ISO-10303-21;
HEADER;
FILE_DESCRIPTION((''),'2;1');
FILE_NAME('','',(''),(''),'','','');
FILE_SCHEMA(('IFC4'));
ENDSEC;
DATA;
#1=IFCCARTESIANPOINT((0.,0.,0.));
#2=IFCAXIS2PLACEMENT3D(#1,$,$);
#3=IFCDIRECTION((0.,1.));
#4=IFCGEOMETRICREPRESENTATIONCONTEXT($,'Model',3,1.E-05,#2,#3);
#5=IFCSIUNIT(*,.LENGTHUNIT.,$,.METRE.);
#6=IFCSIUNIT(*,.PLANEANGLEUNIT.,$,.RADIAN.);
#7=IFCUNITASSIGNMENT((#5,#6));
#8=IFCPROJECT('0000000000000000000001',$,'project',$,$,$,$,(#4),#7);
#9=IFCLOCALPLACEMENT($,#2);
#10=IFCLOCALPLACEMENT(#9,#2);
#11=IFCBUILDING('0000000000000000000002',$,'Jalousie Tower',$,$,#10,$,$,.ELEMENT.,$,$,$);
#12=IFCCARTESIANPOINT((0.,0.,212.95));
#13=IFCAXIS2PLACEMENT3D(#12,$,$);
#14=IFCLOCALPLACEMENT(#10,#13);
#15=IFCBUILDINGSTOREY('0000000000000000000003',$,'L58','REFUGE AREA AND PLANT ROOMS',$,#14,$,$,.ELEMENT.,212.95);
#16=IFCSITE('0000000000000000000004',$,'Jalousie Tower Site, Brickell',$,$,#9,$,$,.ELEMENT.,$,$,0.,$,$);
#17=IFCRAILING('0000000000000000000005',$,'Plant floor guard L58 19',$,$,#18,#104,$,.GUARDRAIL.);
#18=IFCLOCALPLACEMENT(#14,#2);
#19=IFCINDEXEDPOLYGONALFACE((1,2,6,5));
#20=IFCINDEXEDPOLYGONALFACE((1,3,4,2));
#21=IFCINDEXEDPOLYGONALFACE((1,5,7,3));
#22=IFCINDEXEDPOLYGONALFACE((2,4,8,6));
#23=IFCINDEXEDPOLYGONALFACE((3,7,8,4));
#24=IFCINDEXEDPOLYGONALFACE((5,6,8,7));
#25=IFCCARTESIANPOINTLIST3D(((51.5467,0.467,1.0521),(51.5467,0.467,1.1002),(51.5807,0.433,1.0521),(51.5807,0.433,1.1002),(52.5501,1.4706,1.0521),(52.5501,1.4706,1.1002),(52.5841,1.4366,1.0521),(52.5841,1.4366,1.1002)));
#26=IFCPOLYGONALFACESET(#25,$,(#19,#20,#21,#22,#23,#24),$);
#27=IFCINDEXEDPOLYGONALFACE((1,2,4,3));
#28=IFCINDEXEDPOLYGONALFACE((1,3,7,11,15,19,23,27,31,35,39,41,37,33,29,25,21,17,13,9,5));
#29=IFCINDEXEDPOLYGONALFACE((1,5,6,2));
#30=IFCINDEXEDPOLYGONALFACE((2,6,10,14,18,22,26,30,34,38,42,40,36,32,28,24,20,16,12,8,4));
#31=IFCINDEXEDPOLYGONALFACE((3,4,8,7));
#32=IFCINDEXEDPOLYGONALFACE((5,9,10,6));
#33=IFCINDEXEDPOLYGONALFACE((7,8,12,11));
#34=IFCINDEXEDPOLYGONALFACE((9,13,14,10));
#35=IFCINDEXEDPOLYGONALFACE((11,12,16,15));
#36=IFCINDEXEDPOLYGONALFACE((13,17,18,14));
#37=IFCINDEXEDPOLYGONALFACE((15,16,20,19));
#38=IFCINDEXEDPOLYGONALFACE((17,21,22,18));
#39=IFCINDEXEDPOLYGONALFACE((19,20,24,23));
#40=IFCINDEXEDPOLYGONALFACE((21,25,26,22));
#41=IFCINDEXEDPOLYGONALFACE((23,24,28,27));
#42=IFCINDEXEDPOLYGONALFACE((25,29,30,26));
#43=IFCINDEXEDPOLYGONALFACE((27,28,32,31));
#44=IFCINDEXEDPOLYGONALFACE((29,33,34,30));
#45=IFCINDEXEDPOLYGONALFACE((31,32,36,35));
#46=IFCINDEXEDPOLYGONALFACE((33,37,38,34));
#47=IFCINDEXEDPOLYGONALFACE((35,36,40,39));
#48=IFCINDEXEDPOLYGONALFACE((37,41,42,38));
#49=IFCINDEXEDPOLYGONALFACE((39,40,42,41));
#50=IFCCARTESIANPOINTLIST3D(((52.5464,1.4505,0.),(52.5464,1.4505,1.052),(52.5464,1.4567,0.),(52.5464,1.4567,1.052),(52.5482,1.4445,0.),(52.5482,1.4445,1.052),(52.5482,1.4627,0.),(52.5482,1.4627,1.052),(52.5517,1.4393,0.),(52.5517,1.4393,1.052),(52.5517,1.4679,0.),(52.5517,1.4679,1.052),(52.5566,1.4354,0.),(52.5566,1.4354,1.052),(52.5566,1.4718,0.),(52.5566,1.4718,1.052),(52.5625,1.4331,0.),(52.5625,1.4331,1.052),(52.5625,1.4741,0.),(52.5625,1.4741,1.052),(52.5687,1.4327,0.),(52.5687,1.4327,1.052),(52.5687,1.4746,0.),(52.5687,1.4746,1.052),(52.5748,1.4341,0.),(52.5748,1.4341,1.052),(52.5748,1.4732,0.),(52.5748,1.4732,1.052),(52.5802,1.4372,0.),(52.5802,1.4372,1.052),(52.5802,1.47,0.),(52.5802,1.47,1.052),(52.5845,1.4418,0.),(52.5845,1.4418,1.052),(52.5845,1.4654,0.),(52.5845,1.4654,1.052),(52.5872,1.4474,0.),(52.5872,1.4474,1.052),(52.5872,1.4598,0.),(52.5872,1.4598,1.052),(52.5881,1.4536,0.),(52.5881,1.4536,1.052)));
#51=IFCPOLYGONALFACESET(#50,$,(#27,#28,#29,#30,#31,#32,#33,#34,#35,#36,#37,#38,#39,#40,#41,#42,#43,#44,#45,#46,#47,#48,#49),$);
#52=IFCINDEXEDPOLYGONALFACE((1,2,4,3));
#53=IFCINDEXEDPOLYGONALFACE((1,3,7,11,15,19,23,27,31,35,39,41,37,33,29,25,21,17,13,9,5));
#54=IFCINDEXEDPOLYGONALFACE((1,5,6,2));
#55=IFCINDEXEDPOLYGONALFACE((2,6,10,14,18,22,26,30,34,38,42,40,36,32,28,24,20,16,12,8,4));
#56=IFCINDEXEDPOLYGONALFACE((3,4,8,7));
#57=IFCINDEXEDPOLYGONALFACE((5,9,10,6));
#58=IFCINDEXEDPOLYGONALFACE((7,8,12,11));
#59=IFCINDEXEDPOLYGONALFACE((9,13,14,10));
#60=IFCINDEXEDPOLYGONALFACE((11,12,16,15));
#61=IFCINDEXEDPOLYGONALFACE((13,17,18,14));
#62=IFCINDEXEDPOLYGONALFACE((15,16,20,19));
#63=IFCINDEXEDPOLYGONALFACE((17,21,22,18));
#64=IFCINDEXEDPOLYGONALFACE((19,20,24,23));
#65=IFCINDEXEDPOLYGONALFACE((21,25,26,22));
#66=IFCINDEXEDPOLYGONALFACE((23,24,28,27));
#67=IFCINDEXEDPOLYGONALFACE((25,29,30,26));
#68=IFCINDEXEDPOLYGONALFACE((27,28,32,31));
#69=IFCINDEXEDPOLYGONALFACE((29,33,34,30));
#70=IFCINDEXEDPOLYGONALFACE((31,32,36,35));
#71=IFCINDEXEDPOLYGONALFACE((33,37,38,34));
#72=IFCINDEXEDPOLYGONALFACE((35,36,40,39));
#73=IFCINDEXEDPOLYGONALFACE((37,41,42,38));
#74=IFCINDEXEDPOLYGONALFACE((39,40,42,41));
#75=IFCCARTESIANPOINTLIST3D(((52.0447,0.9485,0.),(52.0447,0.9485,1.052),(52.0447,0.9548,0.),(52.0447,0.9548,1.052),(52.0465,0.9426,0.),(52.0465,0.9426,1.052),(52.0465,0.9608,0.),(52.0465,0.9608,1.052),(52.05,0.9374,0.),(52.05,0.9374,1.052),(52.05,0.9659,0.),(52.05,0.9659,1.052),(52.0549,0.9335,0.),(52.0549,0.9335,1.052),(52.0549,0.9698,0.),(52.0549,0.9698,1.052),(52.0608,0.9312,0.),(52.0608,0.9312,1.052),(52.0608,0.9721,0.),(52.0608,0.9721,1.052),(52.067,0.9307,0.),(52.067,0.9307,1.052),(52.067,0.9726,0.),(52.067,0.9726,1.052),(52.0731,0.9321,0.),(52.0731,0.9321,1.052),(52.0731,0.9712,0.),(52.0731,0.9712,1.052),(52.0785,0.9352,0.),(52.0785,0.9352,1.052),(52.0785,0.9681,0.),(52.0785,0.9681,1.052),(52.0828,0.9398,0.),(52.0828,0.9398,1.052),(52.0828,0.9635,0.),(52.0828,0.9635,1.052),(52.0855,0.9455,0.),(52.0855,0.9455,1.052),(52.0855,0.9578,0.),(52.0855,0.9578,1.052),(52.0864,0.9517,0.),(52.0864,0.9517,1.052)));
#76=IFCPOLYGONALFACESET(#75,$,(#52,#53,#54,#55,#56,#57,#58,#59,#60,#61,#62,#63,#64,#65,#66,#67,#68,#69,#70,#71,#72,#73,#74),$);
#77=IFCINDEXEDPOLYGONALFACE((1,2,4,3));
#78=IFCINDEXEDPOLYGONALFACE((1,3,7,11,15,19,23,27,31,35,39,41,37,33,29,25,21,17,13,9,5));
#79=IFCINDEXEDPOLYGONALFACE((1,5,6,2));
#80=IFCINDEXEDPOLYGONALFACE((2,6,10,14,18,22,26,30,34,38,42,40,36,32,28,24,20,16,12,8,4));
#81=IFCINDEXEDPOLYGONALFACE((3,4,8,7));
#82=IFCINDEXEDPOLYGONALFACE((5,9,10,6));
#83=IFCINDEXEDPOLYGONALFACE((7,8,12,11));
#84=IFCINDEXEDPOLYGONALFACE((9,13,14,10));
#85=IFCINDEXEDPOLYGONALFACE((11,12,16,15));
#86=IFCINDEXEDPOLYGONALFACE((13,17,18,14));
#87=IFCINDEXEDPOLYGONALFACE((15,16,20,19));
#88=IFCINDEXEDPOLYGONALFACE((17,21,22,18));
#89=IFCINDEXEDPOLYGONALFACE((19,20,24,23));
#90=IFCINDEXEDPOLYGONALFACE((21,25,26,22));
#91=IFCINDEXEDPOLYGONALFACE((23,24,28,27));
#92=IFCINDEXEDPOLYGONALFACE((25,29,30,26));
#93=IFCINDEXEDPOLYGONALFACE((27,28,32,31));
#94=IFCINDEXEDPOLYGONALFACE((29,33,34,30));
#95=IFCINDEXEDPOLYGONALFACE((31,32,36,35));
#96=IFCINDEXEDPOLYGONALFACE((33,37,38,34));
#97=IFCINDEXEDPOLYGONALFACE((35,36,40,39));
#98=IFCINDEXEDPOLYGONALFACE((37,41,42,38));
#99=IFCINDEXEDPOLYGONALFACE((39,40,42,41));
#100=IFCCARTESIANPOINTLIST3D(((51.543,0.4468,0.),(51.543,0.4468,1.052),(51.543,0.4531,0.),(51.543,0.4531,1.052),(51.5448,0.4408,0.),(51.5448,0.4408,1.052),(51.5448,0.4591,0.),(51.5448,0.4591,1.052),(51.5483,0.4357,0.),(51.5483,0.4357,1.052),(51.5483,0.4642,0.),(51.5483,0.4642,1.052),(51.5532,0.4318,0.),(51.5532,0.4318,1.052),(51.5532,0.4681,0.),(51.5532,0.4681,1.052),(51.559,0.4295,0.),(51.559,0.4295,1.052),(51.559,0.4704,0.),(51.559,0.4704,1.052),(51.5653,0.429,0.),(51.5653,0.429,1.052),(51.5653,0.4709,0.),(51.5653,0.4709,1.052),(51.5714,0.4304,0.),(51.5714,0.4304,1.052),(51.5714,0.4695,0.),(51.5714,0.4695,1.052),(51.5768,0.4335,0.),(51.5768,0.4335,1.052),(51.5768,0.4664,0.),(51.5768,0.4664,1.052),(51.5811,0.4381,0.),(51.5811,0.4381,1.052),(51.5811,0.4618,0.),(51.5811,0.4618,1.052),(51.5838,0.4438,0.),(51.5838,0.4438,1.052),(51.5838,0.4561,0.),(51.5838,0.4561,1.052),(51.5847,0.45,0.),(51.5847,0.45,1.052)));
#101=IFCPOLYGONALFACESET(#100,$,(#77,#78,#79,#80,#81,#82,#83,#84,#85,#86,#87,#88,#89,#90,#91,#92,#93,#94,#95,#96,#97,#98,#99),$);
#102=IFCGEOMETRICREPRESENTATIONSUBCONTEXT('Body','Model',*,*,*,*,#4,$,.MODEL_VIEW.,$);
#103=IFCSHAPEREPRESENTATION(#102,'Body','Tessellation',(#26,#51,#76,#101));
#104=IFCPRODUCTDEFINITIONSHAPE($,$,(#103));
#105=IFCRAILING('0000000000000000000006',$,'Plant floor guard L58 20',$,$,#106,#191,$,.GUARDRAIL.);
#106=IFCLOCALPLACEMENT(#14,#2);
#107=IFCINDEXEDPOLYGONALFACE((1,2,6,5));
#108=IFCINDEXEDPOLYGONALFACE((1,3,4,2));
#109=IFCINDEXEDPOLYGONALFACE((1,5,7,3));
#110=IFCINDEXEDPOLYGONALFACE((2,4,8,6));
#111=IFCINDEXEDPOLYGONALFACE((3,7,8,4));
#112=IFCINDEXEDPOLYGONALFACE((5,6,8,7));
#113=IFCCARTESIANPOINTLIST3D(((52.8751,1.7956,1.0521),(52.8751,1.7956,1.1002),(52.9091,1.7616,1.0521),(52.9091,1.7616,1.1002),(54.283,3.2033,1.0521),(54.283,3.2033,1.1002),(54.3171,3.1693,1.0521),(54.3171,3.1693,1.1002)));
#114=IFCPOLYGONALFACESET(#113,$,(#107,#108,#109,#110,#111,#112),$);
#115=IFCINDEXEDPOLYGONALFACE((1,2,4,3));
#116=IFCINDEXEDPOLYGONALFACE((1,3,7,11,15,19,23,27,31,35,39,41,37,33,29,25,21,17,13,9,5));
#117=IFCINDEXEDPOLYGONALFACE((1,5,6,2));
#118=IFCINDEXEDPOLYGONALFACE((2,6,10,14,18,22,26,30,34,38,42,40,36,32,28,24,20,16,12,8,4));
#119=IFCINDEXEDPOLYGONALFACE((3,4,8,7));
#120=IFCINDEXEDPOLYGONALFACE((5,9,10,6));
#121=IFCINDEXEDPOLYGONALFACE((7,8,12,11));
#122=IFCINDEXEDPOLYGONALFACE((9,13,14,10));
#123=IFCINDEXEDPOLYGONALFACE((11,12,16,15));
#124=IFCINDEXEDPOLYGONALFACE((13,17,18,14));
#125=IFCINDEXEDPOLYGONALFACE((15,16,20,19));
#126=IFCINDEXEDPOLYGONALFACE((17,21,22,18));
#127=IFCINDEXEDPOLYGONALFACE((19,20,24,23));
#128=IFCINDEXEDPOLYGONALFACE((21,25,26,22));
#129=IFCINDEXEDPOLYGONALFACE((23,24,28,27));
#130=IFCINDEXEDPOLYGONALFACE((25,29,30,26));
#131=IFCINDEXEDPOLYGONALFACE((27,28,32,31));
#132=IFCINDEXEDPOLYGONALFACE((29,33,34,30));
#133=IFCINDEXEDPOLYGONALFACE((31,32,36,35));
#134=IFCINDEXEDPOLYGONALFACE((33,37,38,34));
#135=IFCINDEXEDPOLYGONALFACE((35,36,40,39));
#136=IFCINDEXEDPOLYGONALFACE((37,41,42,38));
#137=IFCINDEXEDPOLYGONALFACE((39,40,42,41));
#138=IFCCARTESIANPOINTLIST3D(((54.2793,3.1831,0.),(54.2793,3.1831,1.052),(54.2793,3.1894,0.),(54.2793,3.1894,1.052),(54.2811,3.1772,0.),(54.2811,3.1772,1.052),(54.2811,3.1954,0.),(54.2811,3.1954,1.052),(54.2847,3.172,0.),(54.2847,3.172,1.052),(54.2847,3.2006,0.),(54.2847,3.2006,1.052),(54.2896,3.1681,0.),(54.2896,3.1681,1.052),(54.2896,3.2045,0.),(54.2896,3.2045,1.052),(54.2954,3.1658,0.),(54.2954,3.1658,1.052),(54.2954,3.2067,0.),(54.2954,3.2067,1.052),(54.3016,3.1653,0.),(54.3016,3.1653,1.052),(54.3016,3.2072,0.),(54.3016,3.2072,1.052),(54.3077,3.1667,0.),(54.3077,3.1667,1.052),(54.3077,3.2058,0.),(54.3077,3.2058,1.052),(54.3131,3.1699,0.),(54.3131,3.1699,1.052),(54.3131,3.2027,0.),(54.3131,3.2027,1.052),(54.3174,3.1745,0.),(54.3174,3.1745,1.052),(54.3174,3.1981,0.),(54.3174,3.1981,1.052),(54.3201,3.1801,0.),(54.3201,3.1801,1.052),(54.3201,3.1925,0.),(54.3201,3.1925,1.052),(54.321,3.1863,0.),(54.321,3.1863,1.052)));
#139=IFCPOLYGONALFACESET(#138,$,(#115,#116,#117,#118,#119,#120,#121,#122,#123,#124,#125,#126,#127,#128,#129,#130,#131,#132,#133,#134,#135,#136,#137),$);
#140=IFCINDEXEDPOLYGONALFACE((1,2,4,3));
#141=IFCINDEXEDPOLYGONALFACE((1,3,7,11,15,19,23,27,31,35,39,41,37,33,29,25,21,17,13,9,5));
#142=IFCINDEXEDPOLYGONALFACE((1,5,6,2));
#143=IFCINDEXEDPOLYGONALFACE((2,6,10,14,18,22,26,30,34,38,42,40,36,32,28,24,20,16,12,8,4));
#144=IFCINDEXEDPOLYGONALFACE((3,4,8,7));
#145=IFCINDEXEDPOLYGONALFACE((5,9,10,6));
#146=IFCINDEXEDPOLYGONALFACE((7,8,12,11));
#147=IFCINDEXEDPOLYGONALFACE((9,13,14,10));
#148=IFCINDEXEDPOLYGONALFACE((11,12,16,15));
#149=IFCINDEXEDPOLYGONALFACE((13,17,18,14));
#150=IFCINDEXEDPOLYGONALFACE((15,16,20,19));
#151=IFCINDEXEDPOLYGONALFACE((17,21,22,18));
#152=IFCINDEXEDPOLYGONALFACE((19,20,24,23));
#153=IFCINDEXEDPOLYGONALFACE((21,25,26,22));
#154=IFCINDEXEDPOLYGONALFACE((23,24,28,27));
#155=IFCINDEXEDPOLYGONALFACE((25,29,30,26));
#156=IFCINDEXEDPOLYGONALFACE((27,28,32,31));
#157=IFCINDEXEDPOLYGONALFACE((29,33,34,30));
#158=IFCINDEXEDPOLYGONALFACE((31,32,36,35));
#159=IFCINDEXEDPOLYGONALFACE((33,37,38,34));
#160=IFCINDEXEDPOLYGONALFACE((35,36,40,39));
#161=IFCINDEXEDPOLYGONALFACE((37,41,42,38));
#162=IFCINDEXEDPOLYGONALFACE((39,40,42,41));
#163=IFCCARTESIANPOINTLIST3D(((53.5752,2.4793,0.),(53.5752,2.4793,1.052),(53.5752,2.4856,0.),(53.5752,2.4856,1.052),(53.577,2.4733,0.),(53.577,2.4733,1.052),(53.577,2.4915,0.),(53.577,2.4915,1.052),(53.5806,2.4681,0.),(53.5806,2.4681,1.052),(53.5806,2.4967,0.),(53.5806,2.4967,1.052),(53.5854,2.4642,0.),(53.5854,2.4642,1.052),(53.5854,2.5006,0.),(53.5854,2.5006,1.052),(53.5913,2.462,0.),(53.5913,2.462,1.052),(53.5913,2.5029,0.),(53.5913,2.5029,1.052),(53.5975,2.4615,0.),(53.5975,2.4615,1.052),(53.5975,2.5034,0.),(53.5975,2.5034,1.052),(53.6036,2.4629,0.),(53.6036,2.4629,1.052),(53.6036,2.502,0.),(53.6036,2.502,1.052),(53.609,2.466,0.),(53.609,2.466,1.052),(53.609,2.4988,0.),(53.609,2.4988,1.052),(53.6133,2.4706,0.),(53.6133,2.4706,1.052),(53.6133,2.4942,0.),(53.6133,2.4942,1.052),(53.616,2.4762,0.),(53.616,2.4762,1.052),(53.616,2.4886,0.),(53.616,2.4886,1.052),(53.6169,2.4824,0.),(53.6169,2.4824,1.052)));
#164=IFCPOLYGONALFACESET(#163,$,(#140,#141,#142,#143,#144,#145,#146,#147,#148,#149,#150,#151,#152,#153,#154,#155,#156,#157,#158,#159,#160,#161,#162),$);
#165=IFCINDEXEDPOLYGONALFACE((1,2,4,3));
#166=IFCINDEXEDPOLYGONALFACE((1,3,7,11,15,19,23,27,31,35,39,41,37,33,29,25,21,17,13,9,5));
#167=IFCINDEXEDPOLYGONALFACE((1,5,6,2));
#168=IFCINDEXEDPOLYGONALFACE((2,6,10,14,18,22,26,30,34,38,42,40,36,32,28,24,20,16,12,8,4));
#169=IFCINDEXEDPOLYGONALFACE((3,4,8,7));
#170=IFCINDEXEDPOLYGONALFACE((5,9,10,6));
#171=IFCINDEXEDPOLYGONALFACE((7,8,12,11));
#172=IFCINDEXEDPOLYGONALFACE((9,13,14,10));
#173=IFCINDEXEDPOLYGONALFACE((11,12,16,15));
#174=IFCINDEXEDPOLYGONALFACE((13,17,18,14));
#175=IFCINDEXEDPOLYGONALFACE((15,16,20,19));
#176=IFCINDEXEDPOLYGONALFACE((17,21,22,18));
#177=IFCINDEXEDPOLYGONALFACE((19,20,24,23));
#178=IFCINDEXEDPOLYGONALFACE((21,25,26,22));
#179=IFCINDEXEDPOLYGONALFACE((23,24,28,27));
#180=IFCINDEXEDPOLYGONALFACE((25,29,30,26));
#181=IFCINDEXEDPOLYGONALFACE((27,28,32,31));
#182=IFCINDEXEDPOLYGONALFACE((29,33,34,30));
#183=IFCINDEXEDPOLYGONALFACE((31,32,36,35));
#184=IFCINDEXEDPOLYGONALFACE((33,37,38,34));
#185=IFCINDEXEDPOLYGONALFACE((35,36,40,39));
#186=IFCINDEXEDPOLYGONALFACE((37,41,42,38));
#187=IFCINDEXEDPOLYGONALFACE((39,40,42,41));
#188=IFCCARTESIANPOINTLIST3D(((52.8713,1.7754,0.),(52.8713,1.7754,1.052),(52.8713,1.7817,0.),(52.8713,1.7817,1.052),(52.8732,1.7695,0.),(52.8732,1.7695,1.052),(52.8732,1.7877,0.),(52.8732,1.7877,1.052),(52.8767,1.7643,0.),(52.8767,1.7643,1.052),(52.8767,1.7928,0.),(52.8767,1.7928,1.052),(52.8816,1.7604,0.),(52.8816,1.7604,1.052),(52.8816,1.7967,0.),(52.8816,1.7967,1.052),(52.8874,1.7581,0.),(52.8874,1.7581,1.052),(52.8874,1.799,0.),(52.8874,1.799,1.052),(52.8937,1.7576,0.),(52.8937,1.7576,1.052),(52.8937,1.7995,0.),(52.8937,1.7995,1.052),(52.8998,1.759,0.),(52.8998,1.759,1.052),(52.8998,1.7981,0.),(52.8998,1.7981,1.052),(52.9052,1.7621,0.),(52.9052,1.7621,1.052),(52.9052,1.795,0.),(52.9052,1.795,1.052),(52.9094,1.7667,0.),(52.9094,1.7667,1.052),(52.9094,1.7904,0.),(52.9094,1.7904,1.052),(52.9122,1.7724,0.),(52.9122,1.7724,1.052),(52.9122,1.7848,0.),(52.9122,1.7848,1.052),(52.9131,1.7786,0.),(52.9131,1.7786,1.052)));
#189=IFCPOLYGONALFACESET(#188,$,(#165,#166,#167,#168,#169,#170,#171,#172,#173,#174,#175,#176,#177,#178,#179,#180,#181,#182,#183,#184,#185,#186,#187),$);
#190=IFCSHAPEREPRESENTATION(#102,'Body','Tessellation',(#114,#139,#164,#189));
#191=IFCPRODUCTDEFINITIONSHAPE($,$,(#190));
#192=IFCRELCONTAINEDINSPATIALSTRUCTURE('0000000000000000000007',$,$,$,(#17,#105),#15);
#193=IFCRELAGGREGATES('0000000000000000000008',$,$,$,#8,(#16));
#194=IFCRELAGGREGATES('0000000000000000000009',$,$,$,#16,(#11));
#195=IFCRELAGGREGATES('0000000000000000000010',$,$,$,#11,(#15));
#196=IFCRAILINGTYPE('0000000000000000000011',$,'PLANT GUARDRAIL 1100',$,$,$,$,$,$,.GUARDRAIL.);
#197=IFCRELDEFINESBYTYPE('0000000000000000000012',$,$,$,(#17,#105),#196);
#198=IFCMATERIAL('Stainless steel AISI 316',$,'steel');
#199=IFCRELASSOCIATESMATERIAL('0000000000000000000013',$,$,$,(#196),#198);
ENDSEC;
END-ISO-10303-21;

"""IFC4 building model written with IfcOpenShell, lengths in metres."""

from ifc_helpers import new_model, si_unit, direction, frame, origin, origin_2d, place, context, subcontext, project, spatial, rectangle, circle, extrude, material, type_object, element, save


model = new_model("IFC4")

# Units and contexts
model_context = context("Model", 3, precision=1e-05, world=origin(), true_north=direction((0.0, 1.0)))
body_context = subcontext(model_context, "Body", "Model", "MODEL_VIEW")
ifc_project = project(units=[si_unit("LENGTHUNIT", "METRE"), si_unit("PLANEANGLEUNIT", "RADIAN")], contexts=[model_context])

# Site, building, storey
site_placement = place(None, origin())
site = spatial("IfcSite", under=ifc_project, at=site_placement, Name="Jalousie Tower Site, Brickell", CompositionType="ELEMENT", RefElevation=0.0)
building_placement = place(site_placement, origin())
building = spatial("IfcBuilding", under=site, at=building_placement, Name="Jalousie Tower", CompositionType="ELEMENT")
storey_placement = place(building_placement, frame((0.0, 0.0, 212.95)))
storey = spatial("IfcBuildingStorey", under=building, at=storey_placement, Name="L58", Description="REFUGE AREA AND PLANT ROOMS", CompositionType="ELEMENT", Elevation=212.95)

# Railings
ifc_material_1 = material(Name="Stainless steel AISI 316", Category="steel")
railing_type = type_object("IfcRailingType", Name="PLANT GUARDRAIL 1100", PredefinedType="GUARDRAIL", material=ifc_material_1)
railing_1_placement = place(storey_placement, frame((52.5671, 1.4536, 0.0)))
element("IfcRailing", 1, at=railing_1_placement, inside=storey, type_object=railing_type, Name="Plant floor guard L58 19", PredefinedType="GUARDRAIL", context=body_context, shape_type="SweptSolid", body=[
    extrude(rectangle(XDim=0.0481, YDim=0.0481, at=origin_2d()), frame((0.0, 0.0, 1.0762), z_axis=(-0.707021, -0.707193, 0.0), x_axis=(0.707193, -0.707021, 0.0)), (0.0, 0.0, 1.0), 1.4192),
    extrude(circle(Radius=0.021, at=origin_2d()), origin(), (0.0, 0.0, 1.0), 1.052),
    extrude(circle(Radius=0.021, at=origin_2d()), frame((-0.5017, -0.502, 0.0)), (0.0, 0.0, 1.0), 1.052),
    extrude(circle(Radius=0.021, at=origin_2d()), frame((-1.0034, -1.0037, 0.0)), (0.0, 0.0, 1.0), 1.052),
])
railing_2_placement = place(storey_placement, frame((54.3, 3.1863, 0.0)))
element("IfcRailing", 2, at=railing_2_placement, inside=storey, type_object=railing_type, Name="Plant floor guard L58 20", PredefinedType="GUARDRAIL", context=body_context, shape_type="SweptSolid", body=[
    extrude(rectangle(XDim=0.0481, YDim=0.0481, at=origin_2d()), frame((0.0, 0.0, 1.0762), z_axis=(-0.707168, -0.707045, 0.0), x_axis=(0.707045, -0.707168, 0.0)), (0.0, 0.0, 1.0), 1.991),
    extrude(circle(Radius=0.021, at=origin_2d()), origin(), (0.0, 0.0, 1.0), 1.052),
    extrude(circle(Radius=0.021, at=origin_2d()), frame((-0.7041, -0.7039, 0.0)), (0.0, 0.0, 1.0), 1.052),
    extrude(circle(Radius=0.021, at=origin_2d()), frame((-1.408, -1.4077, 0.0)), (0.0, 0.0, 1.0), 1.052),
])

save(model, "model.ifc")
